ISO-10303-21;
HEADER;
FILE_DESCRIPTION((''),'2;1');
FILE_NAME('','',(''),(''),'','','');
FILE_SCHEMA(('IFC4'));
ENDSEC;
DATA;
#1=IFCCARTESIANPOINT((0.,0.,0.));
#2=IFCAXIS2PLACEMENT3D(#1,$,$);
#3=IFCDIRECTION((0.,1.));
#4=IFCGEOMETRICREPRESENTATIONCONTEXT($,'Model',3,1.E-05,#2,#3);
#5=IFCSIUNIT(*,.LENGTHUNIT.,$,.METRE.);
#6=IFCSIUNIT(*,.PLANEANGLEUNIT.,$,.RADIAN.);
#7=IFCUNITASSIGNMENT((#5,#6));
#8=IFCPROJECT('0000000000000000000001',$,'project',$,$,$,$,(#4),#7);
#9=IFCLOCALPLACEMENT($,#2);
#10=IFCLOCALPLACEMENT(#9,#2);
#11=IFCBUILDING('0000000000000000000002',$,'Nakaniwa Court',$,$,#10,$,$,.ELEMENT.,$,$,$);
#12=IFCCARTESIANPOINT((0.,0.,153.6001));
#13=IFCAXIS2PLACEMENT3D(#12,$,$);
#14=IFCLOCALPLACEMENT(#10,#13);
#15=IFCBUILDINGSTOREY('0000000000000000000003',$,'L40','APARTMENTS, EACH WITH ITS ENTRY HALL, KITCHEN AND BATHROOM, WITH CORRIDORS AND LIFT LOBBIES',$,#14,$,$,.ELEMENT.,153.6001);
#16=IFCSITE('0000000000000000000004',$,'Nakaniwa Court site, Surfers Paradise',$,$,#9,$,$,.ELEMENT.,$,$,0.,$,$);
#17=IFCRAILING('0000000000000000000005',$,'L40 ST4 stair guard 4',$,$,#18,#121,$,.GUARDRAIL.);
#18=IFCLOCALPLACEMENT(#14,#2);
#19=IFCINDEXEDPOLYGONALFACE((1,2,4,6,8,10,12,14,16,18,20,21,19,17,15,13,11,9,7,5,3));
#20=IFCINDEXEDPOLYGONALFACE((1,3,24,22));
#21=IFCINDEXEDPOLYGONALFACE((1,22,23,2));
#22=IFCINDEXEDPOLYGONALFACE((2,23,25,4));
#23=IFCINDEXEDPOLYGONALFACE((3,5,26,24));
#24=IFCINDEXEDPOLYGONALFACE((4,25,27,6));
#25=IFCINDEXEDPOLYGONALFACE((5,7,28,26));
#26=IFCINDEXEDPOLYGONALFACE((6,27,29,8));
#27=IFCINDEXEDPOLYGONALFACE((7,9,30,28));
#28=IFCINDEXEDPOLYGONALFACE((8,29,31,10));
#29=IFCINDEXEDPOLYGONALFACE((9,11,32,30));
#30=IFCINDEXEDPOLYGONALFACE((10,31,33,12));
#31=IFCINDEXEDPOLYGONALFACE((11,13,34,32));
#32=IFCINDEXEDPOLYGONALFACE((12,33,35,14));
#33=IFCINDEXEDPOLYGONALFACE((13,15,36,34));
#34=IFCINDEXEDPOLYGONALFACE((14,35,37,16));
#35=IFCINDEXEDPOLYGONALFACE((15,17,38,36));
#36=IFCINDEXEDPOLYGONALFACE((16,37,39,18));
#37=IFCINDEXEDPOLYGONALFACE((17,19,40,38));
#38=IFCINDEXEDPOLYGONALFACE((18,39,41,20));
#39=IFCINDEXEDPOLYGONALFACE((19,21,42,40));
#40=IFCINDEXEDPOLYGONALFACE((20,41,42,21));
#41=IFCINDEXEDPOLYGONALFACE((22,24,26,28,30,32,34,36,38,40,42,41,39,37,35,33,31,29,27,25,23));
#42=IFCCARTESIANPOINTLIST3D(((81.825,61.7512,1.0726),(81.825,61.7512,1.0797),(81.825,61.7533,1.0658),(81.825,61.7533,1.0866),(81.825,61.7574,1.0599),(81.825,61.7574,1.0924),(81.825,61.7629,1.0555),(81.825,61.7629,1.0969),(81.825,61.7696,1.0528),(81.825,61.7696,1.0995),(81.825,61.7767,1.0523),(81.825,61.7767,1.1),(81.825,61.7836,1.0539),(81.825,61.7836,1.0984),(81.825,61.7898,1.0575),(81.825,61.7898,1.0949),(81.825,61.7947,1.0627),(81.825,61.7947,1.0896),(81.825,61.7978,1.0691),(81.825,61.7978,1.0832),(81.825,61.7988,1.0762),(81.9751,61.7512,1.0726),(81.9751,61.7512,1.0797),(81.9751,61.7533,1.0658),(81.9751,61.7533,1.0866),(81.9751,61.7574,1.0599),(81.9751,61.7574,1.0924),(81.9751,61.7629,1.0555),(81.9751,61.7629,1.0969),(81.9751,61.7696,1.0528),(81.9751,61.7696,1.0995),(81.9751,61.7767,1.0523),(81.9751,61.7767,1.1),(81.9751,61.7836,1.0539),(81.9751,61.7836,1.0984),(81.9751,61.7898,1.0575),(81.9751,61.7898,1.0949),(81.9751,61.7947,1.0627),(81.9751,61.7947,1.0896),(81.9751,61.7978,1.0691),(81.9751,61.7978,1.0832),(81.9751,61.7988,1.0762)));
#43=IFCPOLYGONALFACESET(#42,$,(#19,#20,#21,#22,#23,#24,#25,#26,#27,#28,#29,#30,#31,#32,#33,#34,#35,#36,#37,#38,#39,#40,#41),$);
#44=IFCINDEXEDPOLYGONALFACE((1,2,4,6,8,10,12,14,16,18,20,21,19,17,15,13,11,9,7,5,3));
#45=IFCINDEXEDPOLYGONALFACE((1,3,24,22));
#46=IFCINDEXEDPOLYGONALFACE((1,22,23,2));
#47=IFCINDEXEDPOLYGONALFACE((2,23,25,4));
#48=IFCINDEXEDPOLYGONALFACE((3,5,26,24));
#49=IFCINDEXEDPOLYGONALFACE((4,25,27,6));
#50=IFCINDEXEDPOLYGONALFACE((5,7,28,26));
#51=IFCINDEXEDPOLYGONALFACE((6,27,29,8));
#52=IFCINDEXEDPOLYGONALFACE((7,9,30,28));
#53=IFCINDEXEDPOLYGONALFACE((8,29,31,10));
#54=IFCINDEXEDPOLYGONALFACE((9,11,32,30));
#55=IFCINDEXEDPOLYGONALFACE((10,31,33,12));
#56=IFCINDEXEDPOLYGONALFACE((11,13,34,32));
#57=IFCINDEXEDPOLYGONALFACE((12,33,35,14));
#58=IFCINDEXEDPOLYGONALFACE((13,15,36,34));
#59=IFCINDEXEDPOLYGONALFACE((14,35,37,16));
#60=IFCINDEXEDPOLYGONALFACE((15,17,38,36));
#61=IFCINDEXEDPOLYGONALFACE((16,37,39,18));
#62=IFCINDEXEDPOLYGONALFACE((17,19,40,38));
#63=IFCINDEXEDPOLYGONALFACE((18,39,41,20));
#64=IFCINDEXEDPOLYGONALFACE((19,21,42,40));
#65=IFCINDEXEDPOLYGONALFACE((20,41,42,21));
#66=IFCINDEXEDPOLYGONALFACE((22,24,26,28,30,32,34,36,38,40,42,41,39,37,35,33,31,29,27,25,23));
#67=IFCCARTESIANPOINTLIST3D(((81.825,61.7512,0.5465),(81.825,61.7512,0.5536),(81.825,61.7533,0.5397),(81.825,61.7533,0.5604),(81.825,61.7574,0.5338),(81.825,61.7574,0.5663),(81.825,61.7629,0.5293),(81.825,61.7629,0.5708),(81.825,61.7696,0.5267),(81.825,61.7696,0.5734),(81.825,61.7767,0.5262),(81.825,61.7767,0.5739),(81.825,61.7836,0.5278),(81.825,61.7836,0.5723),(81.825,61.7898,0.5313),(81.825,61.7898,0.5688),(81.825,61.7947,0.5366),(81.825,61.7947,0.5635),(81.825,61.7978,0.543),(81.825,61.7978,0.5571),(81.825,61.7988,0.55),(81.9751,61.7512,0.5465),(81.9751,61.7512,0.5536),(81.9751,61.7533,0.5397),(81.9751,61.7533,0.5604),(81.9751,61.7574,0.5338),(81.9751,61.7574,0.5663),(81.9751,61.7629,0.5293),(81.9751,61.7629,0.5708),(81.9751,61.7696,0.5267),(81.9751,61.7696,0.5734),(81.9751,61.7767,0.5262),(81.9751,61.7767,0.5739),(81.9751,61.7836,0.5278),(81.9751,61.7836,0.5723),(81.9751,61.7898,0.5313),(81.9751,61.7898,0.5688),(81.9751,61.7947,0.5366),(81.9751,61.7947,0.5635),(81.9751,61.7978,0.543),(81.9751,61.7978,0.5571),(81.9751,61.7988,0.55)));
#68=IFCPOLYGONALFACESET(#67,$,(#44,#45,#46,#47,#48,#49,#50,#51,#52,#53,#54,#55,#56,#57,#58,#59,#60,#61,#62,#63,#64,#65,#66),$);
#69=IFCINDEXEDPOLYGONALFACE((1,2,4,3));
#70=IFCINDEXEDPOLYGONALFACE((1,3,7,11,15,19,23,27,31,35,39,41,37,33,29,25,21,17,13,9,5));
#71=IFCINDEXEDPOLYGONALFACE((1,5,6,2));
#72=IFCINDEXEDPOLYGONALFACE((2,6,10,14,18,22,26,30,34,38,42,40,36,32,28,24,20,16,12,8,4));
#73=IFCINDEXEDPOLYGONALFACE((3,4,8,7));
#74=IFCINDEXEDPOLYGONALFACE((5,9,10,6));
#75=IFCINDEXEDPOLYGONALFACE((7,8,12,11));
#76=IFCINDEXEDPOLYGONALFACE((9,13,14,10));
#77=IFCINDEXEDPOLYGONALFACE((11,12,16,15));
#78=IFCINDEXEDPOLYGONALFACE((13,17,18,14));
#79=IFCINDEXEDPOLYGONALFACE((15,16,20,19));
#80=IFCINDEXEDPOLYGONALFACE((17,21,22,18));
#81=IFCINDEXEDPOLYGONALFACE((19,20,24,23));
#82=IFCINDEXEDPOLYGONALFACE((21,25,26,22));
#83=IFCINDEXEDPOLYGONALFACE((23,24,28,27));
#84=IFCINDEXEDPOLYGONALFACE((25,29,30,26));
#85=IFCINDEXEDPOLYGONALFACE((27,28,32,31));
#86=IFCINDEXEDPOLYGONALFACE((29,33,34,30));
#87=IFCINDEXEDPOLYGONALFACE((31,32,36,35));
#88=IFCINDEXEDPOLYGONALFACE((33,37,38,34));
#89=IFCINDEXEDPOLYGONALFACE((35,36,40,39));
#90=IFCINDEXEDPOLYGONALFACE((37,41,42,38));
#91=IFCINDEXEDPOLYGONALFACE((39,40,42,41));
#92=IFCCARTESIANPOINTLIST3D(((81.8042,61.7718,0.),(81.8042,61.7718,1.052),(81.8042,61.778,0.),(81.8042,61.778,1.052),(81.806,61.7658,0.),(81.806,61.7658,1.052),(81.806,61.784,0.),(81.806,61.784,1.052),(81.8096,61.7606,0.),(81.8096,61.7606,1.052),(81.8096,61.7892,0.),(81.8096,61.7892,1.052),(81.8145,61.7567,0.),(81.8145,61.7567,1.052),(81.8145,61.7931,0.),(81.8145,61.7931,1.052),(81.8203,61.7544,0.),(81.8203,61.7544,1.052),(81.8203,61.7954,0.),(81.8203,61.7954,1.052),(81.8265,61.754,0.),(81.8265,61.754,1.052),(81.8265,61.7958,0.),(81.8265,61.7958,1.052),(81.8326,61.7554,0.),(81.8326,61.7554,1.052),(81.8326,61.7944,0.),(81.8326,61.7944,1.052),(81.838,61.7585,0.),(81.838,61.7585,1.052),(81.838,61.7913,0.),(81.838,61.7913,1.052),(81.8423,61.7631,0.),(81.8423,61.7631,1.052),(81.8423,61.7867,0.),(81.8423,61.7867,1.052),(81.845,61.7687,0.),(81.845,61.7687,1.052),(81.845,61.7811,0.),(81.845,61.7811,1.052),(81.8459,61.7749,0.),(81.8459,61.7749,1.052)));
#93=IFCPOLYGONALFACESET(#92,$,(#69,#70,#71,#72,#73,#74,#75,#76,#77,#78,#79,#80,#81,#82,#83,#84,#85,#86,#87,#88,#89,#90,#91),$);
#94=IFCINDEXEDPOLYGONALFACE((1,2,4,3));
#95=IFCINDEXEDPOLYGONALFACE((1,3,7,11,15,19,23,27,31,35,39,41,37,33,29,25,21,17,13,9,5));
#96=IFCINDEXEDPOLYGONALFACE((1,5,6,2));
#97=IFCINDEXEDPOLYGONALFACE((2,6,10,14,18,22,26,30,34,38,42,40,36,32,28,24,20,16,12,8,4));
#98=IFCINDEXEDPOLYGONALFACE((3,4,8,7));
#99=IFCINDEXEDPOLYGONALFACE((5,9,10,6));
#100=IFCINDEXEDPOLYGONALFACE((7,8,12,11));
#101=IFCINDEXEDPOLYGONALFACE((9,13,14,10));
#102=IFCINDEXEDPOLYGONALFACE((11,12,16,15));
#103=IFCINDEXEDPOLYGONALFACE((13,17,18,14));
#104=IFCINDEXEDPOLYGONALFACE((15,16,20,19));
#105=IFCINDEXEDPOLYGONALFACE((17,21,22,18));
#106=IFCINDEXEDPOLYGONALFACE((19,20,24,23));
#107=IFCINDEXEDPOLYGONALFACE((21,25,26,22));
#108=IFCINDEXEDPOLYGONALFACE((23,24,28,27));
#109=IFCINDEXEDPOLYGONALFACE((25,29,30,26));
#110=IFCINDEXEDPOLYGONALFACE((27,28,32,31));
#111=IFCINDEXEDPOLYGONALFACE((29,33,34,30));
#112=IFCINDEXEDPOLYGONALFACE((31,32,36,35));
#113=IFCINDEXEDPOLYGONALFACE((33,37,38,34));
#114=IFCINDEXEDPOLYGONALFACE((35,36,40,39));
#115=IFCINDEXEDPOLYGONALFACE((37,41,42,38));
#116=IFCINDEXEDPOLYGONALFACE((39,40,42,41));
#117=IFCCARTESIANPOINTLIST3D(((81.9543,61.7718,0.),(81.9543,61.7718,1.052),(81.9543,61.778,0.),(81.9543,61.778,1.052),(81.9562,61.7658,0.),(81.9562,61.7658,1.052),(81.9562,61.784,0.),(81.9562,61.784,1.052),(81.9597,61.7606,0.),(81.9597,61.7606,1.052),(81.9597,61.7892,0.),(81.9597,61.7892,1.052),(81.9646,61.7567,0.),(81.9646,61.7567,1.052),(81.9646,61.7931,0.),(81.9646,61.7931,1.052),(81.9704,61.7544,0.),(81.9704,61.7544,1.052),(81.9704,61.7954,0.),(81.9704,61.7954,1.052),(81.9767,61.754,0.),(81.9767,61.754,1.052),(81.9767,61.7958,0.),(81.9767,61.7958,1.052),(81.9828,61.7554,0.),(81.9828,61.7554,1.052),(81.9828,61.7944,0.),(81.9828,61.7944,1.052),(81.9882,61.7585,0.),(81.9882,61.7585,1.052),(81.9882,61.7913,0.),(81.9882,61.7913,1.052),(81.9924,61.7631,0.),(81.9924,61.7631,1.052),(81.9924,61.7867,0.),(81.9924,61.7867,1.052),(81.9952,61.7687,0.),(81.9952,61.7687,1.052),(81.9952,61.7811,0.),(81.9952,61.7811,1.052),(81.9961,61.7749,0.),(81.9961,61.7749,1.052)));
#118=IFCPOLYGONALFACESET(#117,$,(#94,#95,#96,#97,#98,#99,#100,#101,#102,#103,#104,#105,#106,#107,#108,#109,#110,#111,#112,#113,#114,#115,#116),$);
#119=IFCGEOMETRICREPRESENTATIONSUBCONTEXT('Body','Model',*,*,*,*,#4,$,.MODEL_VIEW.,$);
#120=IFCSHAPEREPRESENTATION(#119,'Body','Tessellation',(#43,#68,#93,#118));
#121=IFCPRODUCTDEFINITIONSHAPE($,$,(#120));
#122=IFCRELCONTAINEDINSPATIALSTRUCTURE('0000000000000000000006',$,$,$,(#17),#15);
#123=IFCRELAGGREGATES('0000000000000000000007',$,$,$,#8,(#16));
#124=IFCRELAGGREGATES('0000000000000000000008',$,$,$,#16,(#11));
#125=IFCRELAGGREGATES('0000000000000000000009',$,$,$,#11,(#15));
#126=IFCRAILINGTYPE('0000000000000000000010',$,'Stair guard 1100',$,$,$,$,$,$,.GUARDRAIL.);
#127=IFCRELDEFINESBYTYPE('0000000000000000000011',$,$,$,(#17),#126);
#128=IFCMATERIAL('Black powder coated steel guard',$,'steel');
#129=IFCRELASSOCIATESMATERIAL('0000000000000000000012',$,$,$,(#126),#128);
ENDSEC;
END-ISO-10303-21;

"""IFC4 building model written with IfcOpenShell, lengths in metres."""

from ifc_helpers import new_model, si_unit, direction, frame, origin, origin_2d, place, context, subcontext, project, spatial, circle, extrude, material, type_object, element, save


model = new_model("IFC4")

# Units and contexts
model_context = context("Model", 3, precision=1e-05, world=origin(), true_north=direction((0.0, 1.0)))
body_context = subcontext(model_context, "Body", "Model", "MODEL_VIEW")
ifc_project = project(units=[si_unit("LENGTHUNIT", "METRE"), si_unit("PLANEANGLEUNIT", "RADIAN")], contexts=[model_context])

# Site, building, storey
site_placement = place(None, origin())
site = spatial("IfcSite", under=ifc_project, at=site_placement, Name="Nakaniwa Court site, Surfers Paradise", CompositionType="ELEMENT", RefElevation=0.0)
building_placement = place(site_placement, origin())
building = spatial("IfcBuilding", under=site, at=building_placement, Name="Nakaniwa Court", CompositionType="ELEMENT")
storey_placement = place(building_placement, frame((0.0, 0.0, 153.6001)))
storey = spatial("IfcBuildingStorey", under=building, at=storey_placement, Name="L40", Description="APARTMENTS, EACH WITH ITS ENTRY HALL, KITCHEN AND BATHROOM, WITH CORRIDORS AND LIFT LOBBIES", CompositionType="ELEMENT", Elevation=153.6001)

# Railing
ifc_material_1 = material(Name="Black powder coated steel guard", Category="steel")
railing_type_1 = type_object("IfcRailingType", Name="Stair guard 1100", PredefinedType="GUARDRAIL", material=ifc_material_1)
railing_1_placement = place(storey_placement, frame((81.825, 61.7749, 0.0)))
element("IfcRailing", 1, at=railing_1_placement, inside=storey, type_object=railing_type_1, Name="L40 ST4 stair guard 4", PredefinedType="GUARDRAIL", context=body_context, shape_type="SweptSolid", body=[
    extrude(circle(Radius=0.0239, at=origin_2d()), frame((0.0, 0.0, 1.0762), z_axis=(1.0, 0.0, 0.0), x_axis=(0.0, 1.0, 0.0)), (0.0, 0.0, 1.0), 0.1501),
    extrude(circle(Radius=0.0239, at=origin_2d()), frame((0.0, 0.0, 0.55), z_axis=(1.0, 0.0, 0.0), x_axis=(0.0, 1.0, 0.0)), (0.0, 0.0, 1.0), 0.1501),
    extrude(circle(Radius=0.021, at=origin_2d()), origin(), (0.0, 0.0, 1.0), 1.052),
    extrude(circle(Radius=0.021, at=origin_2d()), frame((0.1501, 0.0, 0.0)), (0.0, 0.0, 1.0), 1.052),
])

save(model, "model.ifc")
